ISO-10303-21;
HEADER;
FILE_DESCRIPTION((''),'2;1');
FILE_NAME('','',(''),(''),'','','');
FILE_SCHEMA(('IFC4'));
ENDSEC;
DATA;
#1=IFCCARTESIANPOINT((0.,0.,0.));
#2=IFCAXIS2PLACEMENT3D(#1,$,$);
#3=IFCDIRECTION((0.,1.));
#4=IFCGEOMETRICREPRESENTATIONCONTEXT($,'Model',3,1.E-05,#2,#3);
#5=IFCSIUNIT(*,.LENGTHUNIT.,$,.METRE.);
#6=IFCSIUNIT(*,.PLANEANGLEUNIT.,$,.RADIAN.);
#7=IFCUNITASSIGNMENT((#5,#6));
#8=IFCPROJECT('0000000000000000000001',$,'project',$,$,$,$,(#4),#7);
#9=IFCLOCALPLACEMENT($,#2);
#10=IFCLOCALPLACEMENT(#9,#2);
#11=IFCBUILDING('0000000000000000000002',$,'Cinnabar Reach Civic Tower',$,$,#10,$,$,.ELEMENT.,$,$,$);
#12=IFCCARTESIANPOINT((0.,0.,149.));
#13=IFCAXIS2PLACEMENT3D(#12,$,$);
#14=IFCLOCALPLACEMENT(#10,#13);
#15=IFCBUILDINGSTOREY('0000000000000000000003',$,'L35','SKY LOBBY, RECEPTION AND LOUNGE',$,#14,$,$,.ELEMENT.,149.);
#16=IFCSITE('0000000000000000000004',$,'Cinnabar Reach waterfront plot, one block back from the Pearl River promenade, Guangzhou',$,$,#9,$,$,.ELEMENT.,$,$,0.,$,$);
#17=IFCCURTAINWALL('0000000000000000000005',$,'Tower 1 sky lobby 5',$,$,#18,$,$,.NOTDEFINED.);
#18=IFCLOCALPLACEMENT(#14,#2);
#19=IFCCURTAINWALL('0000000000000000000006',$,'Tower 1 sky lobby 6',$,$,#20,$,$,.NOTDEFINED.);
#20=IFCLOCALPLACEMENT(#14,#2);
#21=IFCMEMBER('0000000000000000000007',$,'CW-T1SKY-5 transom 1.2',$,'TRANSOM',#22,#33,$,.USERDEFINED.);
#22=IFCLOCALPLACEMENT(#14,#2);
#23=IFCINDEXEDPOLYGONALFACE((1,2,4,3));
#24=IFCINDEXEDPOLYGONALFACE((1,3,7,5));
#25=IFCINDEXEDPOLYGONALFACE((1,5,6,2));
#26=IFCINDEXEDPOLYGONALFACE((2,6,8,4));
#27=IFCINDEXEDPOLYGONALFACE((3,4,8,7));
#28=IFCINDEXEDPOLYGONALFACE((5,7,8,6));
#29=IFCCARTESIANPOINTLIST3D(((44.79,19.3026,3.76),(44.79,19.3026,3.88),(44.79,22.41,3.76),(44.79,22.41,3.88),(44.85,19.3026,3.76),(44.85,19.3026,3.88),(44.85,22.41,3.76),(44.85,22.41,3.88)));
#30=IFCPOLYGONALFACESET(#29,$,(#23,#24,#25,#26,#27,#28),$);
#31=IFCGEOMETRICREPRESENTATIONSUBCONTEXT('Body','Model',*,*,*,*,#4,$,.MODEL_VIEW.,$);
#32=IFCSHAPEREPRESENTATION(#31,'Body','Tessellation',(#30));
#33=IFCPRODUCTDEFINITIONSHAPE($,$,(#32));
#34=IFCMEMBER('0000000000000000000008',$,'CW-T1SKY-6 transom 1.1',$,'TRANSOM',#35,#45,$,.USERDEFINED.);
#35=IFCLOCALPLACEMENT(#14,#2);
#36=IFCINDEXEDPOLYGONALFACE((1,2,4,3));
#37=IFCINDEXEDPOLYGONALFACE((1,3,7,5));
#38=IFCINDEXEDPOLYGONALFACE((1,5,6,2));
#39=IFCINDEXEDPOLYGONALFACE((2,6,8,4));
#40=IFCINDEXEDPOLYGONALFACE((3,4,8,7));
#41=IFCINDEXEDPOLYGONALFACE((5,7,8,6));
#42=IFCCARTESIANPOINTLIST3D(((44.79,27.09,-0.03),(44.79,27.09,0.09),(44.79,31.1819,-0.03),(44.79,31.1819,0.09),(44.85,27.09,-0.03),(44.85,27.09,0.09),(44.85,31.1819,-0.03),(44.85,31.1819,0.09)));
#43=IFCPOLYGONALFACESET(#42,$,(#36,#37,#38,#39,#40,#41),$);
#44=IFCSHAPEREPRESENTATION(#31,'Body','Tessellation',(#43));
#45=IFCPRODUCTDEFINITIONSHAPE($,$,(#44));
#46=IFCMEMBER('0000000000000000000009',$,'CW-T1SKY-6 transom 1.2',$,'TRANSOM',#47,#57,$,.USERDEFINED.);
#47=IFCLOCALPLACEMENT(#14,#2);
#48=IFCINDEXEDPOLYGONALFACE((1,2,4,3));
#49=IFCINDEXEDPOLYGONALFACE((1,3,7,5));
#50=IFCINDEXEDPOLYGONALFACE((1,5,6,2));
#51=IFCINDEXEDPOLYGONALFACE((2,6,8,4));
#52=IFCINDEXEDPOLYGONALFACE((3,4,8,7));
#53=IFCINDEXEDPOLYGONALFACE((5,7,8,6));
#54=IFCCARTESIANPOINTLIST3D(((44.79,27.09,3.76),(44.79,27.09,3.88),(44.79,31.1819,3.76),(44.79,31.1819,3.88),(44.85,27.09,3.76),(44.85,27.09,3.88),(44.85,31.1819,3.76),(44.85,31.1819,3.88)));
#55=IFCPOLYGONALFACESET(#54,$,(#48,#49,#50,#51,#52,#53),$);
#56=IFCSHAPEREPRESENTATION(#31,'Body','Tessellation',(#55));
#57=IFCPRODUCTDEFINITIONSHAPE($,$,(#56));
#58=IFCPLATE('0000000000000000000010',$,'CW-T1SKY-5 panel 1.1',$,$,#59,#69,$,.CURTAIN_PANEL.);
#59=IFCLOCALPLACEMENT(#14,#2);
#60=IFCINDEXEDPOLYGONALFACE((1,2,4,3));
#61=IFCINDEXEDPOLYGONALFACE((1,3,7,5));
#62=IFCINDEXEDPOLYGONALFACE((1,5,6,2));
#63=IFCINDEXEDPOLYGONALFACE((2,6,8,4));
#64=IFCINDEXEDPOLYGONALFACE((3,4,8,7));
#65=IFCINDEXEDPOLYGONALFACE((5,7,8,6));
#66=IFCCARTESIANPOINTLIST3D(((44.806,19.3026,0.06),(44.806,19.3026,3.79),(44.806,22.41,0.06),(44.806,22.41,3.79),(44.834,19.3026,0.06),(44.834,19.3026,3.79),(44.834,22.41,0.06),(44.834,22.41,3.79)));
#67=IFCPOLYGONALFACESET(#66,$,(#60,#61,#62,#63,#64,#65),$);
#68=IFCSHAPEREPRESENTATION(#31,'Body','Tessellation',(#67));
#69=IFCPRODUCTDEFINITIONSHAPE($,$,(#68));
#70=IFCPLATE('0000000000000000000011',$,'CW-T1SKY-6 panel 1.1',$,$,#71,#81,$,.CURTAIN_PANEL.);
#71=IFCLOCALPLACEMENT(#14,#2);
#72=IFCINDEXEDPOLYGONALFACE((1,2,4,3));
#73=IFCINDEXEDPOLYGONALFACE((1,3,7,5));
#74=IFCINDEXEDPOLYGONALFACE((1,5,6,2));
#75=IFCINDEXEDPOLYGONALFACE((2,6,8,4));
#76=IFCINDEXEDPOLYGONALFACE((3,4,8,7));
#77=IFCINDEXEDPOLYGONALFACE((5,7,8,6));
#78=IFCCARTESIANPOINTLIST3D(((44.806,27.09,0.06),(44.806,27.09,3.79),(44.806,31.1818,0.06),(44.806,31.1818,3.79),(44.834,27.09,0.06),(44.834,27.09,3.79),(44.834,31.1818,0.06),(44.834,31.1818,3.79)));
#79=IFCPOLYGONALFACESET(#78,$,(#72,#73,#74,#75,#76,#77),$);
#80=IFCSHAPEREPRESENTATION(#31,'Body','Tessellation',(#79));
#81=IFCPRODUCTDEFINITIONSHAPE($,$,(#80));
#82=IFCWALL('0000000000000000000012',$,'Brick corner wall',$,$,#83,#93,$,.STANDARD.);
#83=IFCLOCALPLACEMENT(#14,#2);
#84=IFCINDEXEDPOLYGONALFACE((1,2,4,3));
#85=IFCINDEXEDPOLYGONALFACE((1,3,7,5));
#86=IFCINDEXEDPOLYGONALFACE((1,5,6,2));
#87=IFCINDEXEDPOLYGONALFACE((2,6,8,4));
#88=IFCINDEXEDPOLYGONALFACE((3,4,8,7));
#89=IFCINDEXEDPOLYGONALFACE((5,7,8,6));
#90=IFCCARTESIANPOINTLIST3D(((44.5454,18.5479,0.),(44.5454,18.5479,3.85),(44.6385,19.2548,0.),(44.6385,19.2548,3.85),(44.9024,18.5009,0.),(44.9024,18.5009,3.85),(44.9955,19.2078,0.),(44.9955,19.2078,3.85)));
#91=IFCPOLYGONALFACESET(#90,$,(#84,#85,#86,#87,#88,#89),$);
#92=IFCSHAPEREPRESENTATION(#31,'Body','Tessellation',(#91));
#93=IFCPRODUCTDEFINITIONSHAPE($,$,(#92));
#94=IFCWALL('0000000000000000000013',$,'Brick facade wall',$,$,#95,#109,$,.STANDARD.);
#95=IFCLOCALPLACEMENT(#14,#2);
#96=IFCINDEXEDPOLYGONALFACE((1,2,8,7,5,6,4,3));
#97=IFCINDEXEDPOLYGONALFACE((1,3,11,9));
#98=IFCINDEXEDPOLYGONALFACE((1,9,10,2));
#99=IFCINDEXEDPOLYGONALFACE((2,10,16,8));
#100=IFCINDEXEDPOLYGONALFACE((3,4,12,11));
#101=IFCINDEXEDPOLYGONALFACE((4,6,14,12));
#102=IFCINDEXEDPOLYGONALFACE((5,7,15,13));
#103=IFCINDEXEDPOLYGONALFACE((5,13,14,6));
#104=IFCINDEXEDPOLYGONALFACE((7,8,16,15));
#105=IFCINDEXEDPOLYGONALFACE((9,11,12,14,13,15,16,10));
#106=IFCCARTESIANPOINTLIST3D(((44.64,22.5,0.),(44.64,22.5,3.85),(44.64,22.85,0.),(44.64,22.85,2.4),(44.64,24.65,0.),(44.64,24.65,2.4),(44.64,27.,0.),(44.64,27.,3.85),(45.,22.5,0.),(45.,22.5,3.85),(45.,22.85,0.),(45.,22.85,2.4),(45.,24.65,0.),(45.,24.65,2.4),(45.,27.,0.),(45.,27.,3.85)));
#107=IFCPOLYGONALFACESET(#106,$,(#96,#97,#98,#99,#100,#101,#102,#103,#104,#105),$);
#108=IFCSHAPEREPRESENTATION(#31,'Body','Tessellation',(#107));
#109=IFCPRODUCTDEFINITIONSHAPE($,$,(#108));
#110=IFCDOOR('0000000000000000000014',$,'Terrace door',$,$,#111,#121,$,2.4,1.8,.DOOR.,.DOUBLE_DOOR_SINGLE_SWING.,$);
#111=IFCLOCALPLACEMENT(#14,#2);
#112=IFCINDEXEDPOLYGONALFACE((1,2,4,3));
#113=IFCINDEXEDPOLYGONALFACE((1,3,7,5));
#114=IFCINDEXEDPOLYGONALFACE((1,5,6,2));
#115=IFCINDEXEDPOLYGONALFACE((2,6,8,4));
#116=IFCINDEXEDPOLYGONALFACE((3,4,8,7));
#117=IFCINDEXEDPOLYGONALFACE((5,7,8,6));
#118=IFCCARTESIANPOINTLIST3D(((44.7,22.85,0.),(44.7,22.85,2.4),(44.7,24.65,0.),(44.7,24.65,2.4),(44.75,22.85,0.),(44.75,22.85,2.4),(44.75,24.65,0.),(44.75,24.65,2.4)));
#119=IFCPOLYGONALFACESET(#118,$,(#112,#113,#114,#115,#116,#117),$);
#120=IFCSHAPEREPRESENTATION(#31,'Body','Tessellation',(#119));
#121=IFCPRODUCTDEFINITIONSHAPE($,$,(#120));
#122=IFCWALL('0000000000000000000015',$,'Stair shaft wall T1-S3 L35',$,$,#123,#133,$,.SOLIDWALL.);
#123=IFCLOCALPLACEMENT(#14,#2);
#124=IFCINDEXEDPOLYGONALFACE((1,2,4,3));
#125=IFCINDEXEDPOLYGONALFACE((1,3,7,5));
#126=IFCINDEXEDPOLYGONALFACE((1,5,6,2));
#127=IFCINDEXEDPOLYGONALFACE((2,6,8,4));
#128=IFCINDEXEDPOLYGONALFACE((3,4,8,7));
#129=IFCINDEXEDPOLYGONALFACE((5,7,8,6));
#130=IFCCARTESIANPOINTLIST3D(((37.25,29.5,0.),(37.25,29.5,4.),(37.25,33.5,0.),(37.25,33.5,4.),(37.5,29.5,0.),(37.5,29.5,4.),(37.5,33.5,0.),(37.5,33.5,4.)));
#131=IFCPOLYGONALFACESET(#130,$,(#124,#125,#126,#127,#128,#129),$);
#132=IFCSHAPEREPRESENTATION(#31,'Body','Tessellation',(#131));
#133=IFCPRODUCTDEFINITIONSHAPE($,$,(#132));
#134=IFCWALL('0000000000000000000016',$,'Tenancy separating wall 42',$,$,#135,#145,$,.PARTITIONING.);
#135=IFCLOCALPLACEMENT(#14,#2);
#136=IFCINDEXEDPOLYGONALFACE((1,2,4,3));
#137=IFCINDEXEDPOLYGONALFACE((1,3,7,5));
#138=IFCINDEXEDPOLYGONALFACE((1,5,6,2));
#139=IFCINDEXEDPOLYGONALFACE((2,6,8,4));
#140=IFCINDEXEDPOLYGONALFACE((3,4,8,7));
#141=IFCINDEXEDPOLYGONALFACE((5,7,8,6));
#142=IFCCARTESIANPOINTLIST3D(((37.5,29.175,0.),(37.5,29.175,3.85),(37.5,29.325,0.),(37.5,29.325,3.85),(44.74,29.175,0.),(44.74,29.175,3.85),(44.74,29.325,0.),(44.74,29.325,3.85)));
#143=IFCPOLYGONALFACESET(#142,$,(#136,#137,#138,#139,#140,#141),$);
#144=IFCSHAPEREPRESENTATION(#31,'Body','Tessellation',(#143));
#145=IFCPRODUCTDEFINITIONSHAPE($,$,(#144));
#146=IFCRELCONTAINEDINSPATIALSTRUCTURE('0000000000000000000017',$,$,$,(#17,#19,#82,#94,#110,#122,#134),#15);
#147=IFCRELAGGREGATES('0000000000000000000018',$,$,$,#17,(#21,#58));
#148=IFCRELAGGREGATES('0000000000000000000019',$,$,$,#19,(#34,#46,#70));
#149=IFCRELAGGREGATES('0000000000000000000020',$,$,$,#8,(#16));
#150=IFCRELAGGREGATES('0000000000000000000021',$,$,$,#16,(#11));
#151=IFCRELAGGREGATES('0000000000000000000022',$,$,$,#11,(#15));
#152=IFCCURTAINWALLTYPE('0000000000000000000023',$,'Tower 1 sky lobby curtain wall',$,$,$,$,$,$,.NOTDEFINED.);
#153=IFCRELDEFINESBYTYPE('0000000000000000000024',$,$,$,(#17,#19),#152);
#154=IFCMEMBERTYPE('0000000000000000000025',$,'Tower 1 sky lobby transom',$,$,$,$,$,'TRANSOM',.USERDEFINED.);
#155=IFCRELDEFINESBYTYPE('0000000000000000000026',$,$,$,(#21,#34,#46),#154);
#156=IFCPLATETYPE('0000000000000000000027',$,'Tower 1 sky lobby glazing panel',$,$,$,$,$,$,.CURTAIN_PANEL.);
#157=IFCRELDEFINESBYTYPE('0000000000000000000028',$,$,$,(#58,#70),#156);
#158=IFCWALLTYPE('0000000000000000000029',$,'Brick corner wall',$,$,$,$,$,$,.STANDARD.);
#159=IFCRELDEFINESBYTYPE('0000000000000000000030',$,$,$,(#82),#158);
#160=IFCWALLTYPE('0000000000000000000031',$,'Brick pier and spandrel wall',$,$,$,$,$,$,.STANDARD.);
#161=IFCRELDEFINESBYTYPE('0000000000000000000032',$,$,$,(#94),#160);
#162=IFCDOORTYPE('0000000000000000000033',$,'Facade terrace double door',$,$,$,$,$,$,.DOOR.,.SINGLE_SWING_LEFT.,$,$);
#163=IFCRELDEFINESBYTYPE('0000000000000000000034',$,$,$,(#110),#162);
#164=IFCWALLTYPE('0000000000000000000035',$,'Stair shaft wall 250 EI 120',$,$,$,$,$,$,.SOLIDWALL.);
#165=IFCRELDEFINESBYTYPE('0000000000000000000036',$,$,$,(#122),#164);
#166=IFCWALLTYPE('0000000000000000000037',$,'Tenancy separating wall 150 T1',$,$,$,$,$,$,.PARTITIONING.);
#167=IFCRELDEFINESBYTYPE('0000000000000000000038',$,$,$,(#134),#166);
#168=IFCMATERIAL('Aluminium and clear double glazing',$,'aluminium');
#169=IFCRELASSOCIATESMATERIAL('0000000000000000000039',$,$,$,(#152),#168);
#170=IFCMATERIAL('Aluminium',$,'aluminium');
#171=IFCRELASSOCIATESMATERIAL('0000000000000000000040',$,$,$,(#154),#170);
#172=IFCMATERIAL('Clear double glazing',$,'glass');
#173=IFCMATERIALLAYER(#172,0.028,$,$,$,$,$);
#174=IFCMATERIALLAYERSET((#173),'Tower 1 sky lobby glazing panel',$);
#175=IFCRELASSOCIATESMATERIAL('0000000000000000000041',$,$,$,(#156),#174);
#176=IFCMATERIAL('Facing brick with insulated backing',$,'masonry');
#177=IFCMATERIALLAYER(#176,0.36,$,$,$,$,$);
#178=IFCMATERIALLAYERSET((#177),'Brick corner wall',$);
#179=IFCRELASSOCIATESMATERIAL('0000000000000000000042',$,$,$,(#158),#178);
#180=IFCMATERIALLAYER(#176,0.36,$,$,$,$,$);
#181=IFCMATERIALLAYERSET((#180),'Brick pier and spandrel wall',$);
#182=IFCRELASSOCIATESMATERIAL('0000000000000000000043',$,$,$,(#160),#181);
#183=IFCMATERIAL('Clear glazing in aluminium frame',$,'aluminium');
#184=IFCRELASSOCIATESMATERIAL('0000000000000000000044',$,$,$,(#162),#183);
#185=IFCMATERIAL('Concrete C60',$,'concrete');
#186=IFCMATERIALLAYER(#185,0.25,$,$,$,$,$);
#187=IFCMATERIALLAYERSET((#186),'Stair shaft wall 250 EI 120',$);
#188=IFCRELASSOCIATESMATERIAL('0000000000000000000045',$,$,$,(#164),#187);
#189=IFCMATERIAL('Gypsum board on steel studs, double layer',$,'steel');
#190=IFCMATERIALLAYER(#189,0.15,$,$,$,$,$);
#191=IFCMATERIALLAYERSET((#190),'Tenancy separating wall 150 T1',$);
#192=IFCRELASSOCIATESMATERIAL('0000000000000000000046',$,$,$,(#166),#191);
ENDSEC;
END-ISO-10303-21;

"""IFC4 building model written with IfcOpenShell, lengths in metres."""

from ifc_helpers import new_model, si_unit, direction, frame, frame_2d, origin, origin_2d, place, context, subcontext, project, spatial, rectangle, extrude, material, layer, layer_set, material_profile, profile_set, type_object, element, fill, aggregate, save


model = new_model("IFC4")

# Units and contexts
model_context = context("Model", 3, precision=1e-05, world=origin(), true_north=direction((0.0, 1.0)))
body_context = subcontext(model_context, "Body", "Model", "MODEL_VIEW")
ifc_project = project(units=[si_unit("LENGTHUNIT", "METRE"), si_unit("PLANEANGLEUNIT", "RADIAN")], contexts=[model_context])

# Site, building, storey
site_placement = place(None, origin())
site = spatial("IfcSite", under=ifc_project, at=site_placement, Name="Cinnabar Reach waterfront plot, one block back from the Pearl River promenade, Guangzhou", CompositionType="ELEMENT", RefElevation=0.0)
building_placement = place(site_placement, origin())
building = spatial("IfcBuilding", under=site, at=building_placement, Name="Cinnabar Reach Civic Tower", CompositionType="ELEMENT")
storey_placement = place(building_placement, frame((0.0, 0.0, 149.0)))
storey = spatial("IfcBuildingStorey", under=building, at=storey_placement, Name="L35", Description="SKY LOBBY, RECEPTION AND LOUNGE", CompositionType="ELEMENT", Elevation=149.0)

# Curtain wall
ifc_material_1 = material(Name="Aluminium and clear double glazing", Category="aluminium")
curtain_wall_type = type_object("IfcCurtainWallType", Name="Tower 1 sky lobby curtain wall", PredefinedType="NOTDEFINED", material=ifc_material_1)
curtain_wall_1_placement = place(storey_placement, origin())
curtain_wall_1 = element("IfcCurtainWall", 1, at=curtain_wall_1_placement, inside=storey, type_object=curtain_wall_type, Name="Tower 1 sky lobby 5", PredefinedType="NOTDEFINED")
ifc_material_2 = material(Name="Aluminium", Category="aluminium")

# Curtain wall
curtain_wall_2_placement = place(storey_placement, origin())
curtain_wall_2 = element("IfcCurtainWall", 2, at=curtain_wall_2_placement, inside=storey, type_object=curtain_wall_type, Name="Tower 1 sky lobby 6", PredefinedType="NOTDEFINED")

# Members
ifc_material_profile_1 = material_profile(ifc_material_2, rectangle(XDim=0.06, YDim=0.12, at=origin_2d()), Name="Tower 1 sky lobby transom")
ifc_profile_set_1 = profile_set([ifc_material_profile_1], Name="Aluminium")
member_type_1 = type_object("IfcMemberType", Name="Tower 1 sky lobby transom", ElementType="TRANSOM", PredefinedType="USERDEFINED", material=ifc_profile_set_1)
member_1_placement = place(storey_placement, frame((44.82, 19.3026, 3.82), z_axis=(0.0, 1.0, 0.0), x_axis=(-1.0, 0.0, 0.0)))
member_1 = element("IfcMember", 3, at=member_1_placement, type_object=member_type_1, Name="CW-T1SKY-5 transom 1.2", ObjectType="TRANSOM", PredefinedType="USERDEFINED", context=body_context, shape_type="SweptSolid", body=[
    extrude(rectangle(XDim=0.06, YDim=0.12, at=origin_2d()), origin(), (0.0, 0.0, 1.0), 3.1074),
])
member_2_placement = place(storey_placement, frame((44.82, 27.09, 0.03), z_axis=(0.0, 1.0, 0.0), x_axis=(-1.0, 0.0, 0.0)))
member_2 = element("IfcMember", 4, at=member_2_placement, type_object=member_type_1, Name="CW-T1SKY-6 transom 1.1", ObjectType="TRANSOM", PredefinedType="USERDEFINED", context=body_context, shape_type="SweptSolid", body=[
    extrude(rectangle(XDim=0.06, YDim=0.12, at=origin_2d()), origin(), (0.0, 0.0, 1.0), 4.0919),
])
member_3_placement = place(storey_placement, frame((44.82, 27.09, 3.82), z_axis=(0.0, 1.0, 0.0), x_axis=(-1.0, 0.0, 0.0)))
member_3 = element("IfcMember", 5, at=member_3_placement, type_object=member_type_1, Name="CW-T1SKY-6 transom 1.2", ObjectType="TRANSOM", PredefinedType="USERDEFINED", context=body_context, shape_type="SweptSolid", body=[
    extrude(rectangle(XDim=0.06, YDim=0.12, at=origin_2d()), origin(), (0.0, 0.0, 1.0), 4.0919),
])

# Plates
ifc_material_3 = material(Name="Clear double glazing", Category="glass")
ifc_layer_1 = layer(ifc_material_3, 0.028)
ifc_layer_set_1 = layer_set([ifc_layer_1], Name="Tower 1 sky lobby glazing panel")
plate_type = type_object("IfcPlateType", Name="Tower 1 sky lobby glazing panel", PredefinedType="CURTAIN_PANEL", material=ifc_layer_set_1)
plate_1_placement = place(storey_placement, frame((44.82, 20.8563, 0.06), z_axis=(0.0, 0.0, 1.0), x_axis=(0.0, 1.0, 0.0)))
plate_1 = element("IfcPlate", 6, at=plate_1_placement, type_object=plate_type, Name="CW-T1SKY-5 panel 1.1", PredefinedType="CURTAIN_PANEL", context=body_context, shape_type="SweptSolid", body=[
    extrude(rectangle(XDim=3.1074, YDim=0.028, at=origin_2d()), origin(), (0.0, 0.0, 1.0), 3.73),
])
aggregate(curtain_wall_1, [member_1, plate_1])
plate_2_placement = place(storey_placement, frame((44.82, 29.1359, 0.06), z_axis=(0.0, 0.0, 1.0), x_axis=(0.0, 1.0, 0.0)))
plate_2 = element("IfcPlate", 7, at=plate_2_placement, type_object=plate_type, Name="CW-T1SKY-6 panel 1.1", PredefinedType="CURTAIN_PANEL", context=body_context, shape_type="SweptSolid", body=[
    extrude(rectangle(XDim=4.0918, YDim=0.028, at=origin_2d()), origin(), (0.0, 0.0, 1.0), 3.73),
])
aggregate(curtain_wall_2, [member_2, member_3, plate_2])

# Wall
ifc_material_4 = material(Name="Facing brick with insulated backing", Category="masonry")
ifc_layer_2 = layer(ifc_material_4, 0.36)
ifc_layer_set_2 = layer_set([ifc_layer_2], Name="Brick corner wall")
wall_type_1 = type_object("IfcWallType", Name="Brick corner wall", PredefinedType="STANDARD", material=ifc_layer_set_2)
wall_1_placement = place(storey_placement, frame((44.7239, 18.5244, 0.0), z_axis=(0.0, 0.0, 1.0), x_axis=(0.130556, 0.991441, 0.0)))
element("IfcWall", 8, at=wall_1_placement, inside=storey, type_object=wall_type_1, Name="Brick corner wall", PredefinedType="STANDARD", context=body_context, shape_type="SweptSolid", body=[
    extrude(rectangle(XDim=0.7131, YDim=0.36, at=frame_2d((0.3565, 0.0))), origin(), (0.0, 0.0, 1.0), 3.85),
])

# Wall, opening, door
ifc_layer_3 = layer(ifc_material_4, 0.36)
ifc_layer_set_3 = layer_set([ifc_layer_3], Name="Brick pier and spandrel wall")
wall_type_2 = type_object("IfcWallType", Name="Brick pier and spandrel wall", PredefinedType="STANDARD", material=ifc_layer_set_3)
wall_2_placement = place(storey_placement, frame((44.82, 22.5, 0.0), z_axis=(0.0, 0.0, 1.0), x_axis=(0.0, 1.0, 0.0)))
wall_2 = element("IfcWall", 9, at=wall_2_placement, inside=storey, type_object=wall_type_2, Name="Brick facade wall", PredefinedType="STANDARD", context=body_context, shape_type="SweptSolid", body=[
    extrude(rectangle(XDim=4.5, YDim=0.36, at=frame_2d((2.25, 0.0))), origin(), (0.0, 0.0, 1.0), 3.85),
])
opening_placement = place(wall_2_placement, frame((0.35, 0.0, 0.0)))
opening = element("IfcOpeningElement", 10, at=opening_placement, cuts=wall_2, PredefinedType="OPENING", context=body_context, shape_type="SweptSolid", body=[
    extrude(rectangle(XDim=1.8, YDim=2.4, at=frame_2d((0.9, 1.2))), frame((0.0, 0.19, 0.0), z_axis=(0.0, -1.0, 0.0), x_axis=(1.0, 0.0, 0.0)), (0.0, 0.0, 1.0), 0.38),
])
ifc_material_5 = material(Name="Clear glazing in aluminium frame", Category="aluminium")
door_type = type_object("IfcDoorType", Name="Facade terrace double door", OperationType="SINGLE_SWING_LEFT", PredefinedType="DOOR", material=ifc_material_5)
door_placement = place(opening_placement, frame((1.8, 0.0, 0.0), z_axis=(0.0, 0.0, 1.0), x_axis=(-1.0, 0.0, 0.0)))
door = element("IfcDoor", 11, at=door_placement, inside=storey, type_object=door_type, Name="Terrace door", OperationType="DOUBLE_DOOR_SINGLE_SWING", OverallHeight=2.4, OverallWidth=1.8, PredefinedType="DOOR", context=body_context, shape_type="SweptSolid", body=[
    extrude(rectangle(XDim=1.8, YDim=2.4, at=frame_2d((0.9, 1.2))), frame((0.0, -0.07, 0.0), z_axis=(0.0, -1.0, 0.0), x_axis=(1.0, 0.0, 0.0)), (0.0, 0.0, 1.0), 0.05),
])
fill(opening, door)

# Walls
ifc_material_6 = material(Name="Concrete C60", Category="concrete")
ifc_layer_4 = layer(ifc_material_6, 0.25)
ifc_layer_set_4 = layer_set([ifc_layer_4], Name="Stair shaft wall 250 EI 120")
wall_type_3 = type_object("IfcWallType", Name="Stair shaft wall 250 EI 120", PredefinedType="SOLIDWALL", material=ifc_layer_set_4)
wall_3_placement = place(storey_placement, frame((37.375, 29.5, 0.0), z_axis=(0.0, 0.0, 1.0), x_axis=(0.0, 1.0, 0.0)))
element("IfcWall", 12, at=wall_3_placement, inside=storey, type_object=wall_type_3, Name="Stair shaft wall T1-S3 L35", PredefinedType="SOLIDWALL", context=body_context, shape_type="SweptSolid", body=[
    extrude(rectangle(XDim=4.0, YDim=0.25, at=frame_2d((2.0, 0.0))), origin(), (0.0, 0.0, 1.0), 4.0),
])
ifc_material_7 = material(Name="Gypsum board on steel studs, double layer", Category="steel")
ifc_layer_5 = layer(ifc_material_7, 0.15)
ifc_layer_set_5 = layer_set([ifc_layer_5], Name="Tenancy separating wall 150 T1")
wall_type_4 = type_object("IfcWallType", Name="Tenancy separating wall 150 T1", PredefinedType="PARTITIONING", material=ifc_layer_set_5)
wall_4_placement = place(storey_placement, frame((37.5, 29.25, 0.0), z_axis=(0.0, 0.0, 1.0), x_axis=(1.0, 0.0, 0.0)))
element("IfcWall", 13, at=wall_4_placement, inside=storey, type_object=wall_type_4, Name="Tenancy separating wall 42", PredefinedType="PARTITIONING", context=body_context, shape_type="SweptSolid", body=[
    extrude(rectangle(XDim=7.24, YDim=0.15, at=frame_2d((3.62, 0.0))), origin(), (0.0, 0.0, 1.0), 3.85),
])

save(model, "model.ifc")
